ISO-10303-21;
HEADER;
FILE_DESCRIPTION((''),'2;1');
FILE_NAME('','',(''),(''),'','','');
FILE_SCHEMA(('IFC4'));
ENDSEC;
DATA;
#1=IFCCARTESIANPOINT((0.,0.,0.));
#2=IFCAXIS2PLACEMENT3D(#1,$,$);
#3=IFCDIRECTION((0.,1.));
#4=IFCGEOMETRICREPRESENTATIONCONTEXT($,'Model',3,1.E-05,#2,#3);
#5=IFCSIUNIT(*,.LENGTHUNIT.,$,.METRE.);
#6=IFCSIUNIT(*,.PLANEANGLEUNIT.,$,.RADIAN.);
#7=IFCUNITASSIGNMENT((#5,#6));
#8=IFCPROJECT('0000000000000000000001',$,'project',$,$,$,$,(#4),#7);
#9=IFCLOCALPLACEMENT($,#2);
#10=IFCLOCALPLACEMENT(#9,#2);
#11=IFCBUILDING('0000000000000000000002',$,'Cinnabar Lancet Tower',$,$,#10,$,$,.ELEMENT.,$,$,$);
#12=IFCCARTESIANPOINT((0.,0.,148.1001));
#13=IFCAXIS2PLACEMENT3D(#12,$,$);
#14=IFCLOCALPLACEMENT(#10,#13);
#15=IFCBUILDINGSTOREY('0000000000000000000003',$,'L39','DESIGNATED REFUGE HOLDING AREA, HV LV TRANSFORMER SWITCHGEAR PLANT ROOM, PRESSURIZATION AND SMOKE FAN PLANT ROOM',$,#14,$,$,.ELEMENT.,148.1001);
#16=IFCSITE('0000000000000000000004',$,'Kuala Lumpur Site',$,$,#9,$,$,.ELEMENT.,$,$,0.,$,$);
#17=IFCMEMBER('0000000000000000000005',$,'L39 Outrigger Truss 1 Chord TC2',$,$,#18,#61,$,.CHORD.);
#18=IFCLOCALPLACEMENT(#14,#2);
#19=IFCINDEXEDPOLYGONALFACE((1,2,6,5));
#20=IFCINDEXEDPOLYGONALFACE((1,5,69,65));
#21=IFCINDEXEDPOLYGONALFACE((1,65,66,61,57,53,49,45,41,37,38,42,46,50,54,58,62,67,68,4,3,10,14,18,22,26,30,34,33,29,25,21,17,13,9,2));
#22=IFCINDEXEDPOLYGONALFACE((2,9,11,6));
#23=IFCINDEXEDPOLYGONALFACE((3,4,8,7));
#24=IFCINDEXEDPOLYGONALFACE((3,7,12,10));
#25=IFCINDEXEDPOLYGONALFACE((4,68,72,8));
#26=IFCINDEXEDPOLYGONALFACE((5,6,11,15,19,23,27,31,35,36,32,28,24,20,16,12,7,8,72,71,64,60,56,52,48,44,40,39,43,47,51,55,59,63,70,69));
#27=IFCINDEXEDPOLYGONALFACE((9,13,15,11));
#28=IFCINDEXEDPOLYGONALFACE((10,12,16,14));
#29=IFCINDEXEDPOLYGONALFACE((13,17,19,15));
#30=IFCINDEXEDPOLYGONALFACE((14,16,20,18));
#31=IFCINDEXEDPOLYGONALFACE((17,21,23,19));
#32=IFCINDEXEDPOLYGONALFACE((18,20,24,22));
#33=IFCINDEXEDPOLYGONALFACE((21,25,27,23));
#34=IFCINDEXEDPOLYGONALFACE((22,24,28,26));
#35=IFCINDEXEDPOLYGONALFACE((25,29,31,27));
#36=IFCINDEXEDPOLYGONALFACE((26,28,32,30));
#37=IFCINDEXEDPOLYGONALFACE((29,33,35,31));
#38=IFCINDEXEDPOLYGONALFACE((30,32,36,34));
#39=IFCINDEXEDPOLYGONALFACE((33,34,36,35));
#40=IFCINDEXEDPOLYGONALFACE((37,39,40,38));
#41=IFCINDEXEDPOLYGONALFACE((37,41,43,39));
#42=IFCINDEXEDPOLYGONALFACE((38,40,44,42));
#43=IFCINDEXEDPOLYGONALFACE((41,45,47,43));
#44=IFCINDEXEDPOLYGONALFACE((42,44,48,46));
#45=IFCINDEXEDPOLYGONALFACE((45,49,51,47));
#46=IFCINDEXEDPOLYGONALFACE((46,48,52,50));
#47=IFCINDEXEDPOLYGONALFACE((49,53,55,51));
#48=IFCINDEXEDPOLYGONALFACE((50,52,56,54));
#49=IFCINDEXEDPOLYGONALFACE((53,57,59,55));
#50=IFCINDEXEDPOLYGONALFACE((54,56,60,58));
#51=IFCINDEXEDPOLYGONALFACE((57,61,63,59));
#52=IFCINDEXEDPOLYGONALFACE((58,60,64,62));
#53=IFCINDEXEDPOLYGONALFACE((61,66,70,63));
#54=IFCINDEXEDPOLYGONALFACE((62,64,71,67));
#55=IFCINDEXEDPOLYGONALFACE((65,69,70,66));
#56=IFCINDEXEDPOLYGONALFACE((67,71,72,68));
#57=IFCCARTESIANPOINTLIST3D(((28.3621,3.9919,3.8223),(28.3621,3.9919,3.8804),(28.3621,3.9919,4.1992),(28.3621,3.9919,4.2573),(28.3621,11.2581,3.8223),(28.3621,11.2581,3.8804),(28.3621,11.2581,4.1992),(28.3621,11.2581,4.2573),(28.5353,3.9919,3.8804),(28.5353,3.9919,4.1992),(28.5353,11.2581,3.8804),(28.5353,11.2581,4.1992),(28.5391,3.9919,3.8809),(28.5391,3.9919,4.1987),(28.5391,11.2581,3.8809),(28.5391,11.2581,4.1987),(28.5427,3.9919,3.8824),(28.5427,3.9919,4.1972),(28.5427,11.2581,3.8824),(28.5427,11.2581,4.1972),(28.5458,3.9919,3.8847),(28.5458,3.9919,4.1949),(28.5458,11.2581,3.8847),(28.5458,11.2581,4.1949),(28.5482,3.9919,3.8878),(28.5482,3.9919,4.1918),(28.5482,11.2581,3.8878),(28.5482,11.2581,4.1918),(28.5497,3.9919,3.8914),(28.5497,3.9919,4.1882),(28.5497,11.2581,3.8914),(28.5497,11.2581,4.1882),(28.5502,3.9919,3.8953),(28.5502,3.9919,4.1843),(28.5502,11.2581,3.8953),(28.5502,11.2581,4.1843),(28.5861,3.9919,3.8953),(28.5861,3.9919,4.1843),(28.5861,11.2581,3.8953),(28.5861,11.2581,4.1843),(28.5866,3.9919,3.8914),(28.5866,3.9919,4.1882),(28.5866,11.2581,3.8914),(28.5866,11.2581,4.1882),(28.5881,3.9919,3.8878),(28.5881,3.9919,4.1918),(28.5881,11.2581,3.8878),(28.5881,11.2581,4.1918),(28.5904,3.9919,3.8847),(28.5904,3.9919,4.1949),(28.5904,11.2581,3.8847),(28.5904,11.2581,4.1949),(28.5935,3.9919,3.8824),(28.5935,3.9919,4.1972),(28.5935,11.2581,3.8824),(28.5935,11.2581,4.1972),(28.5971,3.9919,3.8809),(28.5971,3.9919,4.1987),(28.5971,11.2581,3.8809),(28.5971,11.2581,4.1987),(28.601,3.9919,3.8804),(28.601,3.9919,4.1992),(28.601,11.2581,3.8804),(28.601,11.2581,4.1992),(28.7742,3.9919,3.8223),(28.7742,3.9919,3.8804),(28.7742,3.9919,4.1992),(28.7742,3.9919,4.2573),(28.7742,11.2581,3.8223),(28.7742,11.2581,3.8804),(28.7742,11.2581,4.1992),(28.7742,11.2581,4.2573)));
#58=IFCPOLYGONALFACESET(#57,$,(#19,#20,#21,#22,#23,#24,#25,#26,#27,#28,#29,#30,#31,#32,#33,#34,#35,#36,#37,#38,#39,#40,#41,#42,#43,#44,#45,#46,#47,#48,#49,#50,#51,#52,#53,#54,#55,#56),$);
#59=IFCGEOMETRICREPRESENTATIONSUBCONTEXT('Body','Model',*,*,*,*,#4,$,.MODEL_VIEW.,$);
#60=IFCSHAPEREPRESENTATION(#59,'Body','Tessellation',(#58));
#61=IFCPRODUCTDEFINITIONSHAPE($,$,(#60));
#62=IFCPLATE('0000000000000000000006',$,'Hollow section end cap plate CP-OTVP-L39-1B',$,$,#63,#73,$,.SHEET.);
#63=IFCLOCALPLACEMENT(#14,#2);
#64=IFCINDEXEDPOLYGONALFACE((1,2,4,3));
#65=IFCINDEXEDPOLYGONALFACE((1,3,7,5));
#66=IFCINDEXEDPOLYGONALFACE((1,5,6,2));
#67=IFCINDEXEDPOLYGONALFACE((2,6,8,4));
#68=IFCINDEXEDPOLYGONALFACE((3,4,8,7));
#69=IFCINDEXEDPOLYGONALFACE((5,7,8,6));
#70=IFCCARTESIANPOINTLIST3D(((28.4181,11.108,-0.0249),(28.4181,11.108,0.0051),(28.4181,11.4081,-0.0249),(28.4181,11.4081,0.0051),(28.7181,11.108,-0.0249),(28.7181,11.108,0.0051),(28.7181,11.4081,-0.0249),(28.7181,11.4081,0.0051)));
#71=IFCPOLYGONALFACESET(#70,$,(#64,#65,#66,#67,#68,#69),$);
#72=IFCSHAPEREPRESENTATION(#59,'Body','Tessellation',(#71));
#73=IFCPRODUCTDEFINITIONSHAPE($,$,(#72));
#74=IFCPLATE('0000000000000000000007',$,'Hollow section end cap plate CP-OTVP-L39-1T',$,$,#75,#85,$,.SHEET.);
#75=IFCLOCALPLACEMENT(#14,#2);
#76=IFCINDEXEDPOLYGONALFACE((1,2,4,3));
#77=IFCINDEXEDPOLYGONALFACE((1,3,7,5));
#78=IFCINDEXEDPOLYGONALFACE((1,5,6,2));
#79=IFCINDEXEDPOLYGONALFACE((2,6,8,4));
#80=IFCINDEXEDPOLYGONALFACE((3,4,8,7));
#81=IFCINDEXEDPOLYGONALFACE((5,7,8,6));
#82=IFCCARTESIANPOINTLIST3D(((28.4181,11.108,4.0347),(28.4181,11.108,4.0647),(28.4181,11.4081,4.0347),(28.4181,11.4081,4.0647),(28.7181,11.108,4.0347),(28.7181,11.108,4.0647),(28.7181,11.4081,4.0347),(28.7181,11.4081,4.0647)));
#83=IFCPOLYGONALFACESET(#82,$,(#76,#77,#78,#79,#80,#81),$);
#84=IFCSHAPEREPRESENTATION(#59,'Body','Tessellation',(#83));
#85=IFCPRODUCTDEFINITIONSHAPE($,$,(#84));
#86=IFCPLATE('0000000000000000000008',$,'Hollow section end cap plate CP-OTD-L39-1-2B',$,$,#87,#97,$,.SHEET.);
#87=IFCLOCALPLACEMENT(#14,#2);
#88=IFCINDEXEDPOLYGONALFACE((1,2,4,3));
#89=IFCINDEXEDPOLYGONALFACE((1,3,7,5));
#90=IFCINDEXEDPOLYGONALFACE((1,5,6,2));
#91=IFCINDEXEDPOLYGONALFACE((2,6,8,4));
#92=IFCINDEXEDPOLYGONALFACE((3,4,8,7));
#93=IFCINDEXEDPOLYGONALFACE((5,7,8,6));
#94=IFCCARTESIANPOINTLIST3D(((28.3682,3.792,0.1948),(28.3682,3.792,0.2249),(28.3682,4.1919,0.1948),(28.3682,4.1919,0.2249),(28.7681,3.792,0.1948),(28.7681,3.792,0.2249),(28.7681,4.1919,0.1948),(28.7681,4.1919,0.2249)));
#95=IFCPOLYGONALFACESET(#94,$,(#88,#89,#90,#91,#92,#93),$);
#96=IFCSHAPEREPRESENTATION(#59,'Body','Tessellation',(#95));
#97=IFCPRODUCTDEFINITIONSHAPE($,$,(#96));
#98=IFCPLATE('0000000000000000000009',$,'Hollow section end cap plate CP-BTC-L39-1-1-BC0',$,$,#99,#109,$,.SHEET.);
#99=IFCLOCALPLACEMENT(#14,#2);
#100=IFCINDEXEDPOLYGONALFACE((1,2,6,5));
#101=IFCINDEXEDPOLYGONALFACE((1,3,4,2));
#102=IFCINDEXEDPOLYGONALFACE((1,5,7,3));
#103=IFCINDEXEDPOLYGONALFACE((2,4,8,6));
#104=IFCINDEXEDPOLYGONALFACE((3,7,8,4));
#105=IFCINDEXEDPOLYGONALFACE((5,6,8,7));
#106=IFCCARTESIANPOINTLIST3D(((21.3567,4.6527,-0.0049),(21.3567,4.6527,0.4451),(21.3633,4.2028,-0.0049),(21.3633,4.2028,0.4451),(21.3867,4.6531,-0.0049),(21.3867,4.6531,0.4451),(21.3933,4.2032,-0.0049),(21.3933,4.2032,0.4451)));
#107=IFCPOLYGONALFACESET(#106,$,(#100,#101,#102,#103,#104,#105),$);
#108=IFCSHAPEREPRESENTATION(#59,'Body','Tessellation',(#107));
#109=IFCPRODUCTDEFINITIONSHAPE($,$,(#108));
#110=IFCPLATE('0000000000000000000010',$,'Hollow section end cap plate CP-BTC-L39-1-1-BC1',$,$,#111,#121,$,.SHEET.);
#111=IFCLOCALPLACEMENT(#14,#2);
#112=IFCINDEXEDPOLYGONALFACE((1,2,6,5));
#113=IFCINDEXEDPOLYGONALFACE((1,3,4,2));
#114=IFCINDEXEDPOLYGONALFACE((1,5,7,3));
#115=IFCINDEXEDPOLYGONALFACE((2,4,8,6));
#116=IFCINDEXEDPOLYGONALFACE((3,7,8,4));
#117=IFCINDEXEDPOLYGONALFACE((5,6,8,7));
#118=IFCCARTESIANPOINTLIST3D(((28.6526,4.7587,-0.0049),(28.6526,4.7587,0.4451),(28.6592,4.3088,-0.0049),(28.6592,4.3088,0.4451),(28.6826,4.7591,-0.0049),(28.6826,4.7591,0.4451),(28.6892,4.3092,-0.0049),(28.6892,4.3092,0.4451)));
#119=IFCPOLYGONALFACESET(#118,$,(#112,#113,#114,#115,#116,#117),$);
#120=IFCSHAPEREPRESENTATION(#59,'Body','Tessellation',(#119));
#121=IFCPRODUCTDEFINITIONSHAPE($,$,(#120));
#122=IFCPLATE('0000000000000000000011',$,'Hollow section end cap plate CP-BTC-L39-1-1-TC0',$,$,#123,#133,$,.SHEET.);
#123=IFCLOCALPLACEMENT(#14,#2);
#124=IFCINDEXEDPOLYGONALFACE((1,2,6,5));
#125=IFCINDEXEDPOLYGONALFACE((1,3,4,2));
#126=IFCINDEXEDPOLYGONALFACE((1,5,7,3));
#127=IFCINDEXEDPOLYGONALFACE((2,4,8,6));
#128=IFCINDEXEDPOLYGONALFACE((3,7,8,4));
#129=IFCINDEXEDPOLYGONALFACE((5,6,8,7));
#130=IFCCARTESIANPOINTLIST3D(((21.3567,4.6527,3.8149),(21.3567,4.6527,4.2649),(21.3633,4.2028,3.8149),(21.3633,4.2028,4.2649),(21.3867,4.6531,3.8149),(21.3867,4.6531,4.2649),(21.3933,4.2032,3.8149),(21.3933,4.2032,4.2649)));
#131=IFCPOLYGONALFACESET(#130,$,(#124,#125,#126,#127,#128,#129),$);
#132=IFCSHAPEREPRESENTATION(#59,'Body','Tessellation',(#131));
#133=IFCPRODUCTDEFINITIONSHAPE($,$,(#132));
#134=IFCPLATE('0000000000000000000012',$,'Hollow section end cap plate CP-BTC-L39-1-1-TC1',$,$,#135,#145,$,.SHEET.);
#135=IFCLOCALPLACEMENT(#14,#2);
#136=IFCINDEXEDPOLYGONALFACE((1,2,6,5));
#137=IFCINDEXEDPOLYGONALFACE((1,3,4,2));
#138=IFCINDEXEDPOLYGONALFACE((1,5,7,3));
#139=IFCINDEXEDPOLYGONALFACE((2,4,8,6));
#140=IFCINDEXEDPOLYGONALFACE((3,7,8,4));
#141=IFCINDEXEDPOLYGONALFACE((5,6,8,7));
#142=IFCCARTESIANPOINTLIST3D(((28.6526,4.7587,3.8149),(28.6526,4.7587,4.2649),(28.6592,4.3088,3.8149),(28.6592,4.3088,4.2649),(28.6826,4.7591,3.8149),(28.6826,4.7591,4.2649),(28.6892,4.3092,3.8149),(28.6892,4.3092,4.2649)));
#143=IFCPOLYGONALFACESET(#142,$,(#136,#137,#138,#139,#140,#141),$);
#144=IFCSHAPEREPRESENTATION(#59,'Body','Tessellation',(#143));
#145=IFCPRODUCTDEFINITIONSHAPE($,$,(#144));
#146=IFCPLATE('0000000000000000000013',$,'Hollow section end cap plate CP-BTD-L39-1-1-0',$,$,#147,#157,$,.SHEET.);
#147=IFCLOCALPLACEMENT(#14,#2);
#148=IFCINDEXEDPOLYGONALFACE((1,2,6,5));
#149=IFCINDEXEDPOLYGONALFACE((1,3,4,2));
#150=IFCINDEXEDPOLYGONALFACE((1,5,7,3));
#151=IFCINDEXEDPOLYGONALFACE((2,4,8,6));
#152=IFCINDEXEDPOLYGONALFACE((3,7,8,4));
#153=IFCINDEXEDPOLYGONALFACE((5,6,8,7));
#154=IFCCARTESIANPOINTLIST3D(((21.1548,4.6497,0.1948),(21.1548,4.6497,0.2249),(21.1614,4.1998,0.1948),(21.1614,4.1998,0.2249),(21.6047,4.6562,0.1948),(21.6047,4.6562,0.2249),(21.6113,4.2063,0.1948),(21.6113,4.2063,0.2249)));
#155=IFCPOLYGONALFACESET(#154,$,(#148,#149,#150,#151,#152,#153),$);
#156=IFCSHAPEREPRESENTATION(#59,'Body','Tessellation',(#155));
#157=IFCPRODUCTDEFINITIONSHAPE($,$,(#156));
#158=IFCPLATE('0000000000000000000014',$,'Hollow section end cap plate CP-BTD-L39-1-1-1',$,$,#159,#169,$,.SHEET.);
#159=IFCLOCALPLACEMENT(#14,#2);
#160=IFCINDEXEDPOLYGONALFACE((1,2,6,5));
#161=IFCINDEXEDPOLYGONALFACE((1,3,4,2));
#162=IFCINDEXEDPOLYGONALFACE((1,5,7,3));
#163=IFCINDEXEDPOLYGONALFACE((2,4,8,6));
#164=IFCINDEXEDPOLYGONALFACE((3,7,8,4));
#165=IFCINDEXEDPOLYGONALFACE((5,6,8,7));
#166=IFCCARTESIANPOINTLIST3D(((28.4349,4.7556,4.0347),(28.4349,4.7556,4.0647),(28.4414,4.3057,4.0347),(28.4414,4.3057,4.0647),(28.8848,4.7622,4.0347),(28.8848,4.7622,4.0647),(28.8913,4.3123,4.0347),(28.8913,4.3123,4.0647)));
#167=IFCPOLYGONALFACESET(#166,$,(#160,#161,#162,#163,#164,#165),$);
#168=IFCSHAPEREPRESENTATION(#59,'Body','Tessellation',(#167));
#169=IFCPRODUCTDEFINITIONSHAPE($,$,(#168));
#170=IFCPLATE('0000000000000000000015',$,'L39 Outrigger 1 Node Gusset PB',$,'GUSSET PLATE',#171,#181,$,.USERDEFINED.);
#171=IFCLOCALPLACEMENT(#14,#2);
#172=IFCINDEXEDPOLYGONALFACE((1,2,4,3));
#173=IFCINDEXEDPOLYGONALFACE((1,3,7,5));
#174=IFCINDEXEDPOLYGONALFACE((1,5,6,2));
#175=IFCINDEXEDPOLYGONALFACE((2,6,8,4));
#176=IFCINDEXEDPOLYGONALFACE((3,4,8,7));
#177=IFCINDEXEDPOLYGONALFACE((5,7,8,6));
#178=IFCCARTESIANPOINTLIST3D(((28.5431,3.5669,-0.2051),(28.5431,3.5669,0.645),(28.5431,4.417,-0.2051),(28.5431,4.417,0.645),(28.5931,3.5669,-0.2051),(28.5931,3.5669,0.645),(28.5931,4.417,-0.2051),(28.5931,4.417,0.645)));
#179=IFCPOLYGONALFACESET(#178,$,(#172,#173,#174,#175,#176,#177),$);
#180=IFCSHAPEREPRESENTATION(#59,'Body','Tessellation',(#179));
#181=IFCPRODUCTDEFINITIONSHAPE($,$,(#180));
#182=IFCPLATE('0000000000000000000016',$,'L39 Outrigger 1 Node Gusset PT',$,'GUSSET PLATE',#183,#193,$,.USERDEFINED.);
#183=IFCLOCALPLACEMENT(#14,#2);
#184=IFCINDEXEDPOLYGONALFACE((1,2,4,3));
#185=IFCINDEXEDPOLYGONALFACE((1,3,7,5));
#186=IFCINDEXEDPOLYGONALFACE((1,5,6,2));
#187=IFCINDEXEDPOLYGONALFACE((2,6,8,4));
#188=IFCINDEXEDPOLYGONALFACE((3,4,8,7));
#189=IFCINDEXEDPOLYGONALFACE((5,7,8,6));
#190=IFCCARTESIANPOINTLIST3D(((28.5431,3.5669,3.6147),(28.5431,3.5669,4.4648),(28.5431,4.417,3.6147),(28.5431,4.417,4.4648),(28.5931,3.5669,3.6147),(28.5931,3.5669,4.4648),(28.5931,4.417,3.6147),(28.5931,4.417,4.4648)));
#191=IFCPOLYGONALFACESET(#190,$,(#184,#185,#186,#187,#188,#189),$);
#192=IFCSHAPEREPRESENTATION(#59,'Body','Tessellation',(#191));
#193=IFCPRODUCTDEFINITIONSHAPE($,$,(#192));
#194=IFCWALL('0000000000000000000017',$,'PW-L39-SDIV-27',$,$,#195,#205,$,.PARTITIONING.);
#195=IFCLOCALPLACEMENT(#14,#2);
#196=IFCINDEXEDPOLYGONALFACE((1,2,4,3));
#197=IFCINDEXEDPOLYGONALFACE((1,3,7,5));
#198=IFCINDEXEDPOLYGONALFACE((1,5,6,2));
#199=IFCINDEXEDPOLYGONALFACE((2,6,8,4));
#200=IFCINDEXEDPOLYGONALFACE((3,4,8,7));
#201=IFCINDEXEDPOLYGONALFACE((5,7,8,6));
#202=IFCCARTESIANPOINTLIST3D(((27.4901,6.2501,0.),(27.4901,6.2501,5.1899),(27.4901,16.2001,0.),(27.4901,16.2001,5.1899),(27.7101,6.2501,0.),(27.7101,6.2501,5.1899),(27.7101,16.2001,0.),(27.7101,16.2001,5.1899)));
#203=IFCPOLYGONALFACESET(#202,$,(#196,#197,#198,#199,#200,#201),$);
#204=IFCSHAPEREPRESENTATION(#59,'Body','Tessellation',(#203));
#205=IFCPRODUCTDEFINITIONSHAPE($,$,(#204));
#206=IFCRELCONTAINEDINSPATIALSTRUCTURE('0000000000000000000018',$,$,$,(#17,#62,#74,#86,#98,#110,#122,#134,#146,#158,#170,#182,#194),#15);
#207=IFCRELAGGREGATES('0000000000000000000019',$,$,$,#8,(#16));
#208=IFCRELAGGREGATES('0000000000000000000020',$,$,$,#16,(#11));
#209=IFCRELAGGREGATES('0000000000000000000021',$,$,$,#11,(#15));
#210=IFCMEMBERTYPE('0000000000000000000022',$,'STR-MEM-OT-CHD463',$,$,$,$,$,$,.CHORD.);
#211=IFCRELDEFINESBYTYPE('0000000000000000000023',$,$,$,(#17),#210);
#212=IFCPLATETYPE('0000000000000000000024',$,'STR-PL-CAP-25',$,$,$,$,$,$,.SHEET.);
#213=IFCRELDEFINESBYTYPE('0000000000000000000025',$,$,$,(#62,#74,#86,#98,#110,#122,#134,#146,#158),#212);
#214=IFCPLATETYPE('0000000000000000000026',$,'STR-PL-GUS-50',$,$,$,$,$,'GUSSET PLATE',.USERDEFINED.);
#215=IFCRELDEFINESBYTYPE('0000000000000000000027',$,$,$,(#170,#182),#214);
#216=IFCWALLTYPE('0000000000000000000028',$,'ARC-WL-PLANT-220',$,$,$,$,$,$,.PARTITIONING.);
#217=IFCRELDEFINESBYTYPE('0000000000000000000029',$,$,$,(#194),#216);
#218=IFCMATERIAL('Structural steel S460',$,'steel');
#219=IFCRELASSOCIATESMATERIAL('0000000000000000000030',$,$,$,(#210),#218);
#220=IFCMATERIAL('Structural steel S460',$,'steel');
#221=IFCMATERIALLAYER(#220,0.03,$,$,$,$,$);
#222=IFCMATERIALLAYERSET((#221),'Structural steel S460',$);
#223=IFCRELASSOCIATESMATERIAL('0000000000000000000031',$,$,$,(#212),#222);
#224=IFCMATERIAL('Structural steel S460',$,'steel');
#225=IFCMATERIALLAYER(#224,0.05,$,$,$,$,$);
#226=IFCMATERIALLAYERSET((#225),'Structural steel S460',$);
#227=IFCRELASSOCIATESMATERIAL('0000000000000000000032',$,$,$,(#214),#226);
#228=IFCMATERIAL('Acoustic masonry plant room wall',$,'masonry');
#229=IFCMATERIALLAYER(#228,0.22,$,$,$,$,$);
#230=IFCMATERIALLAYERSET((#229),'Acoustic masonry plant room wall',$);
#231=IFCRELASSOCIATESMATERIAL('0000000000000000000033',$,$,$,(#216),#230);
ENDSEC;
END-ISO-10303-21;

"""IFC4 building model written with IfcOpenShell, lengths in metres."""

from ifc_helpers import new_model, si_unit, direction, frame, frame_2d, origin, origin_2d, place, context, subcontext, project, spatial, rectangle, i_section, extrude, material, layer, layer_set, material_profile, profile_set, type_object, element, save


model = new_model("IFC4")

# Units and contexts
model_context = context("Model", 3, precision=1e-05, world=origin(), true_north=direction((0.0, 1.0)))
body_context = subcontext(model_context, "Body", "Model", "MODEL_VIEW")
ifc_project = project(units=[si_unit("LENGTHUNIT", "METRE"), si_unit("PLANEANGLEUNIT", "RADIAN")], contexts=[model_context])

# Site, building, storey
site_placement = place(None, origin())
site = spatial("IfcSite", under=ifc_project, at=site_placement, Name="Kuala Lumpur Site", CompositionType="ELEMENT", RefElevation=0.0)
building_placement = place(site_placement, origin())
building = spatial("IfcBuilding", under=site, at=building_placement, Name="Cinnabar Lancet Tower", CompositionType="ELEMENT")
storey_placement = place(building_placement, frame((0.0, 0.0, 148.1001)))
storey = spatial("IfcBuildingStorey", under=building, at=storey_placement, Name="L39", Description="DESIGNATED REFUGE HOLDING AREA, HV LV TRANSFORMER SWITCHGEAR PLANT ROOM, PRESSURIZATION AND SMOKE FAN PLANT ROOM", CompositionType="ELEMENT", Elevation=148.1001)

# Member
ifc_material_1 = material(Name="Structural steel S460", Category="steel")
ifc_material_profile_1 = material_profile(ifc_material_1, i_section(OverallWidth=0.4121, OverallDepth=0.4351, WebThickness=0.0359, FlangeThickness=0.0581, FilletRadius=0.0149, at=origin_2d()), Name="HD 400x463")
ifc_profile_set_1 = profile_set([ifc_material_profile_1], Name="Structural steel S460")
member_type_1 = type_object("IfcMemberType", Name="STR-MEM-OT-CHD463", PredefinedType="CHORD", material=ifc_profile_set_1)
for number, where, z_axis, x_axis, name in (
    (1, (28.5681, 11.2581, 4.0398), (0.0, -1.0, 0.0), (1.0, 0.0, 0.0), "L39 Outrigger Truss 1 Chord TC2"),
):
    element("IfcMember", number, at=place(storey_placement, frame(where, z_axis=z_axis, x_axis=x_axis)), inside=storey, type_object=member_type_1, Name=name, PredefinedType="CHORD", context=body_context, shape_type="SweptSolid", body=[
        extrude(i_section(OverallWidth=0.4121, OverallDepth=0.4351, WebThickness=0.0359, FlangeThickness=0.0581, FilletRadius=0.0149, at=origin_2d()), origin(), (0.0, 0.0, 1.0), 7.2661),
    ])

# Plates
ifc_material_2 = material(Name="Structural steel S460", Category="steel")
ifc_layer_1 = layer(ifc_material_2, 0.03)
ifc_layer_set_1 = layer_set([ifc_layer_1], Name="Structural steel S460")
plate_type_1 = type_object("IfcPlateType", Name="STR-PL-CAP-25", PredefinedType="SHEET", material=ifc_layer_set_1)
for number, where, z_axis, x_axis, name in (
    (2, (28.5681, 11.2581, -0.0249), (0.0, 0.0, 1.0), (1.0, 0.0, 0.0), "Hollow section end cap plate CP-OTVP-L39-1B"),
    (3, (28.5681, 11.2581, 4.0347), (0.0, 0.0, 1.0), (1.0, 0.0, 0.0), "Hollow section end cap plate CP-OTVP-L39-1T"),
):
    element("IfcPlate", number, at=place(storey_placement, frame(where, z_axis=z_axis, x_axis=x_axis)), inside=storey, type_object=plate_type_1, Name=name, PredefinedType="SHEET", context=body_context, shape_type="SweptSolid", body=[
        extrude(rectangle(XDim=0.3, YDim=0.3, at=origin_2d()), origin(), (0.0, 0.0, 1.0), 0.03),
    ])
plate_placement = place(storey_placement, frame((28.5681, 3.9919, 0.1948), z_axis=(0.0, 0.0, 1.0), x_axis=(0.0, -1.0, 0.0)))
element("IfcPlate", 4, at=plate_placement, inside=storey, type_object=plate_type_1, Name="Hollow section end cap plate CP-OTD-L39-1-2B", PredefinedType="SHEET", context=body_context, shape_type="SweptSolid", body=[
    extrude(rectangle(XDim=0.3999, YDim=0.3999, at=origin_2d()), origin(), (0.0, 0.0, 1.0), 0.03),
])
for number, where, z_axis, x_axis, name in (
    (5, (21.375, 4.428, -0.0049), (0.0, 0.0, 1.0), (-0.999894, -0.014556, 0.0), "Hollow section end cap plate CP-BTC-L39-1-1-BC0"),
    (6, (28.6709, 4.5339, -0.0049), (0.0, 0.0, 1.0), (0.999894, 0.014556, 0.0), "Hollow section end cap plate CP-BTC-L39-1-1-BC1"),
    (7, (21.375, 4.428, 3.8149), (0.0, 0.0, 1.0), (-0.999894, -0.014556, 0.0), "Hollow section end cap plate CP-BTC-L39-1-1-TC0"),
    (8, (28.6709, 4.5339, 3.8149), (0.0, 0.0, 1.0), (0.999894, 0.014556, 0.0), "Hollow section end cap plate CP-BTC-L39-1-1-TC1"),
):
    element("IfcPlate", number, at=place(storey_placement, frame(where, z_axis=z_axis, x_axis=x_axis)), inside=storey, type_object=plate_type_1, Name=name, PredefinedType="SHEET", context=body_context, shape_type="SweptSolid", body=[
        extrude(rectangle(XDim=0.03, YDim=0.45, at=origin_2d()), origin(), (0.0, 0.0, 1.0), 0.45),
    ])
for number, where, z_axis, x_axis, name in (
    (9, (21.3831, 4.428, 0.1948), (0.0, 0.0, 1.0), (-0.999894, -0.014556, 0.0), "Hollow section end cap plate CP-BTD-L39-1-1-0"),
    (10, (28.6631, 4.5339, 4.0347), (0.0, 0.0, 1.0), (0.999894, 0.014556, 0.0), "Hollow section end cap plate CP-BTD-L39-1-1-1"),
):
    element("IfcPlate", number, at=place(storey_placement, frame(where, z_axis=z_axis, x_axis=x_axis)), inside=storey, type_object=plate_type_1, Name=name, PredefinedType="SHEET", context=body_context, shape_type="SweptSolid", body=[
        extrude(rectangle(XDim=0.45, YDim=0.45, at=origin_2d()), origin(), (0.0, 0.0, 1.0), 0.03),
    ])
ifc_material_3 = material(Name="Structural steel S460", Category="steel")
ifc_layer_2 = layer(ifc_material_3, 0.05)
ifc_layer_set_2 = layer_set([ifc_layer_2], Name="Structural steel S460")
plate_type_2 = type_object("IfcPlateType", Name="STR-PL-GUS-50", ElementType="GUSSET PLATE", PredefinedType="USERDEFINED", material=ifc_layer_set_2)
for number, where, z_axis, x_axis, name in (
    (11, (28.5681, 3.9919, -0.2051), (0.0, 0.0, 1.0), (1.0, 0.0, 0.0), "L39 Outrigger 1 Node Gusset PB"),
    (12, (28.5681, 3.9919, 3.6147), (0.0, 0.0, 1.0), (1.0, 0.0, 0.0), "L39 Outrigger 1 Node Gusset PT"),
):
    element("IfcPlate", number, at=place(storey_placement, frame(where, z_axis=z_axis, x_axis=x_axis)), inside=storey, type_object=plate_type_2, Name=name, ObjectType="GUSSET PLATE", PredefinedType="USERDEFINED", context=body_context, shape_type="SweptSolid", body=[
        extrude(rectangle(XDim=0.05, YDim=0.8501, at=origin_2d()), origin(), (0.0, 0.0, 1.0), 0.8501),
    ])

# Wall
ifc_material_4 = material(Name="Acoustic masonry plant room wall", Category="masonry")
ifc_layer_3 = layer(ifc_material_4, 0.22)
ifc_layer_set_3 = layer_set([ifc_layer_3], Name="Acoustic masonry plant room wall")
wall_type_1 = type_object("IfcWallType", Name="ARC-WL-PLANT-220", PredefinedType="PARTITIONING", material=ifc_layer_set_3)
wall_1_placement = place(storey_placement, frame((27.6001, 6.25, 0.0), z_axis=(0.0, 0.0, 1.0), x_axis=(0.0, 1.0, 0.0)))
element("IfcWall", 13, at=wall_1_placement, inside=storey, type_object=wall_type_1, Name="PW-L39-SDIV-27", PredefinedType="PARTITIONING", context=body_context, shape_type="SweptSolid", body=[
    extrude(rectangle(XDim=9.95, YDim=0.22, at=frame_2d((4.9751, 0.0))), origin(), (0.0, 0.0, 1.0), 5.1899),
])

save(model, "model.ifc")
